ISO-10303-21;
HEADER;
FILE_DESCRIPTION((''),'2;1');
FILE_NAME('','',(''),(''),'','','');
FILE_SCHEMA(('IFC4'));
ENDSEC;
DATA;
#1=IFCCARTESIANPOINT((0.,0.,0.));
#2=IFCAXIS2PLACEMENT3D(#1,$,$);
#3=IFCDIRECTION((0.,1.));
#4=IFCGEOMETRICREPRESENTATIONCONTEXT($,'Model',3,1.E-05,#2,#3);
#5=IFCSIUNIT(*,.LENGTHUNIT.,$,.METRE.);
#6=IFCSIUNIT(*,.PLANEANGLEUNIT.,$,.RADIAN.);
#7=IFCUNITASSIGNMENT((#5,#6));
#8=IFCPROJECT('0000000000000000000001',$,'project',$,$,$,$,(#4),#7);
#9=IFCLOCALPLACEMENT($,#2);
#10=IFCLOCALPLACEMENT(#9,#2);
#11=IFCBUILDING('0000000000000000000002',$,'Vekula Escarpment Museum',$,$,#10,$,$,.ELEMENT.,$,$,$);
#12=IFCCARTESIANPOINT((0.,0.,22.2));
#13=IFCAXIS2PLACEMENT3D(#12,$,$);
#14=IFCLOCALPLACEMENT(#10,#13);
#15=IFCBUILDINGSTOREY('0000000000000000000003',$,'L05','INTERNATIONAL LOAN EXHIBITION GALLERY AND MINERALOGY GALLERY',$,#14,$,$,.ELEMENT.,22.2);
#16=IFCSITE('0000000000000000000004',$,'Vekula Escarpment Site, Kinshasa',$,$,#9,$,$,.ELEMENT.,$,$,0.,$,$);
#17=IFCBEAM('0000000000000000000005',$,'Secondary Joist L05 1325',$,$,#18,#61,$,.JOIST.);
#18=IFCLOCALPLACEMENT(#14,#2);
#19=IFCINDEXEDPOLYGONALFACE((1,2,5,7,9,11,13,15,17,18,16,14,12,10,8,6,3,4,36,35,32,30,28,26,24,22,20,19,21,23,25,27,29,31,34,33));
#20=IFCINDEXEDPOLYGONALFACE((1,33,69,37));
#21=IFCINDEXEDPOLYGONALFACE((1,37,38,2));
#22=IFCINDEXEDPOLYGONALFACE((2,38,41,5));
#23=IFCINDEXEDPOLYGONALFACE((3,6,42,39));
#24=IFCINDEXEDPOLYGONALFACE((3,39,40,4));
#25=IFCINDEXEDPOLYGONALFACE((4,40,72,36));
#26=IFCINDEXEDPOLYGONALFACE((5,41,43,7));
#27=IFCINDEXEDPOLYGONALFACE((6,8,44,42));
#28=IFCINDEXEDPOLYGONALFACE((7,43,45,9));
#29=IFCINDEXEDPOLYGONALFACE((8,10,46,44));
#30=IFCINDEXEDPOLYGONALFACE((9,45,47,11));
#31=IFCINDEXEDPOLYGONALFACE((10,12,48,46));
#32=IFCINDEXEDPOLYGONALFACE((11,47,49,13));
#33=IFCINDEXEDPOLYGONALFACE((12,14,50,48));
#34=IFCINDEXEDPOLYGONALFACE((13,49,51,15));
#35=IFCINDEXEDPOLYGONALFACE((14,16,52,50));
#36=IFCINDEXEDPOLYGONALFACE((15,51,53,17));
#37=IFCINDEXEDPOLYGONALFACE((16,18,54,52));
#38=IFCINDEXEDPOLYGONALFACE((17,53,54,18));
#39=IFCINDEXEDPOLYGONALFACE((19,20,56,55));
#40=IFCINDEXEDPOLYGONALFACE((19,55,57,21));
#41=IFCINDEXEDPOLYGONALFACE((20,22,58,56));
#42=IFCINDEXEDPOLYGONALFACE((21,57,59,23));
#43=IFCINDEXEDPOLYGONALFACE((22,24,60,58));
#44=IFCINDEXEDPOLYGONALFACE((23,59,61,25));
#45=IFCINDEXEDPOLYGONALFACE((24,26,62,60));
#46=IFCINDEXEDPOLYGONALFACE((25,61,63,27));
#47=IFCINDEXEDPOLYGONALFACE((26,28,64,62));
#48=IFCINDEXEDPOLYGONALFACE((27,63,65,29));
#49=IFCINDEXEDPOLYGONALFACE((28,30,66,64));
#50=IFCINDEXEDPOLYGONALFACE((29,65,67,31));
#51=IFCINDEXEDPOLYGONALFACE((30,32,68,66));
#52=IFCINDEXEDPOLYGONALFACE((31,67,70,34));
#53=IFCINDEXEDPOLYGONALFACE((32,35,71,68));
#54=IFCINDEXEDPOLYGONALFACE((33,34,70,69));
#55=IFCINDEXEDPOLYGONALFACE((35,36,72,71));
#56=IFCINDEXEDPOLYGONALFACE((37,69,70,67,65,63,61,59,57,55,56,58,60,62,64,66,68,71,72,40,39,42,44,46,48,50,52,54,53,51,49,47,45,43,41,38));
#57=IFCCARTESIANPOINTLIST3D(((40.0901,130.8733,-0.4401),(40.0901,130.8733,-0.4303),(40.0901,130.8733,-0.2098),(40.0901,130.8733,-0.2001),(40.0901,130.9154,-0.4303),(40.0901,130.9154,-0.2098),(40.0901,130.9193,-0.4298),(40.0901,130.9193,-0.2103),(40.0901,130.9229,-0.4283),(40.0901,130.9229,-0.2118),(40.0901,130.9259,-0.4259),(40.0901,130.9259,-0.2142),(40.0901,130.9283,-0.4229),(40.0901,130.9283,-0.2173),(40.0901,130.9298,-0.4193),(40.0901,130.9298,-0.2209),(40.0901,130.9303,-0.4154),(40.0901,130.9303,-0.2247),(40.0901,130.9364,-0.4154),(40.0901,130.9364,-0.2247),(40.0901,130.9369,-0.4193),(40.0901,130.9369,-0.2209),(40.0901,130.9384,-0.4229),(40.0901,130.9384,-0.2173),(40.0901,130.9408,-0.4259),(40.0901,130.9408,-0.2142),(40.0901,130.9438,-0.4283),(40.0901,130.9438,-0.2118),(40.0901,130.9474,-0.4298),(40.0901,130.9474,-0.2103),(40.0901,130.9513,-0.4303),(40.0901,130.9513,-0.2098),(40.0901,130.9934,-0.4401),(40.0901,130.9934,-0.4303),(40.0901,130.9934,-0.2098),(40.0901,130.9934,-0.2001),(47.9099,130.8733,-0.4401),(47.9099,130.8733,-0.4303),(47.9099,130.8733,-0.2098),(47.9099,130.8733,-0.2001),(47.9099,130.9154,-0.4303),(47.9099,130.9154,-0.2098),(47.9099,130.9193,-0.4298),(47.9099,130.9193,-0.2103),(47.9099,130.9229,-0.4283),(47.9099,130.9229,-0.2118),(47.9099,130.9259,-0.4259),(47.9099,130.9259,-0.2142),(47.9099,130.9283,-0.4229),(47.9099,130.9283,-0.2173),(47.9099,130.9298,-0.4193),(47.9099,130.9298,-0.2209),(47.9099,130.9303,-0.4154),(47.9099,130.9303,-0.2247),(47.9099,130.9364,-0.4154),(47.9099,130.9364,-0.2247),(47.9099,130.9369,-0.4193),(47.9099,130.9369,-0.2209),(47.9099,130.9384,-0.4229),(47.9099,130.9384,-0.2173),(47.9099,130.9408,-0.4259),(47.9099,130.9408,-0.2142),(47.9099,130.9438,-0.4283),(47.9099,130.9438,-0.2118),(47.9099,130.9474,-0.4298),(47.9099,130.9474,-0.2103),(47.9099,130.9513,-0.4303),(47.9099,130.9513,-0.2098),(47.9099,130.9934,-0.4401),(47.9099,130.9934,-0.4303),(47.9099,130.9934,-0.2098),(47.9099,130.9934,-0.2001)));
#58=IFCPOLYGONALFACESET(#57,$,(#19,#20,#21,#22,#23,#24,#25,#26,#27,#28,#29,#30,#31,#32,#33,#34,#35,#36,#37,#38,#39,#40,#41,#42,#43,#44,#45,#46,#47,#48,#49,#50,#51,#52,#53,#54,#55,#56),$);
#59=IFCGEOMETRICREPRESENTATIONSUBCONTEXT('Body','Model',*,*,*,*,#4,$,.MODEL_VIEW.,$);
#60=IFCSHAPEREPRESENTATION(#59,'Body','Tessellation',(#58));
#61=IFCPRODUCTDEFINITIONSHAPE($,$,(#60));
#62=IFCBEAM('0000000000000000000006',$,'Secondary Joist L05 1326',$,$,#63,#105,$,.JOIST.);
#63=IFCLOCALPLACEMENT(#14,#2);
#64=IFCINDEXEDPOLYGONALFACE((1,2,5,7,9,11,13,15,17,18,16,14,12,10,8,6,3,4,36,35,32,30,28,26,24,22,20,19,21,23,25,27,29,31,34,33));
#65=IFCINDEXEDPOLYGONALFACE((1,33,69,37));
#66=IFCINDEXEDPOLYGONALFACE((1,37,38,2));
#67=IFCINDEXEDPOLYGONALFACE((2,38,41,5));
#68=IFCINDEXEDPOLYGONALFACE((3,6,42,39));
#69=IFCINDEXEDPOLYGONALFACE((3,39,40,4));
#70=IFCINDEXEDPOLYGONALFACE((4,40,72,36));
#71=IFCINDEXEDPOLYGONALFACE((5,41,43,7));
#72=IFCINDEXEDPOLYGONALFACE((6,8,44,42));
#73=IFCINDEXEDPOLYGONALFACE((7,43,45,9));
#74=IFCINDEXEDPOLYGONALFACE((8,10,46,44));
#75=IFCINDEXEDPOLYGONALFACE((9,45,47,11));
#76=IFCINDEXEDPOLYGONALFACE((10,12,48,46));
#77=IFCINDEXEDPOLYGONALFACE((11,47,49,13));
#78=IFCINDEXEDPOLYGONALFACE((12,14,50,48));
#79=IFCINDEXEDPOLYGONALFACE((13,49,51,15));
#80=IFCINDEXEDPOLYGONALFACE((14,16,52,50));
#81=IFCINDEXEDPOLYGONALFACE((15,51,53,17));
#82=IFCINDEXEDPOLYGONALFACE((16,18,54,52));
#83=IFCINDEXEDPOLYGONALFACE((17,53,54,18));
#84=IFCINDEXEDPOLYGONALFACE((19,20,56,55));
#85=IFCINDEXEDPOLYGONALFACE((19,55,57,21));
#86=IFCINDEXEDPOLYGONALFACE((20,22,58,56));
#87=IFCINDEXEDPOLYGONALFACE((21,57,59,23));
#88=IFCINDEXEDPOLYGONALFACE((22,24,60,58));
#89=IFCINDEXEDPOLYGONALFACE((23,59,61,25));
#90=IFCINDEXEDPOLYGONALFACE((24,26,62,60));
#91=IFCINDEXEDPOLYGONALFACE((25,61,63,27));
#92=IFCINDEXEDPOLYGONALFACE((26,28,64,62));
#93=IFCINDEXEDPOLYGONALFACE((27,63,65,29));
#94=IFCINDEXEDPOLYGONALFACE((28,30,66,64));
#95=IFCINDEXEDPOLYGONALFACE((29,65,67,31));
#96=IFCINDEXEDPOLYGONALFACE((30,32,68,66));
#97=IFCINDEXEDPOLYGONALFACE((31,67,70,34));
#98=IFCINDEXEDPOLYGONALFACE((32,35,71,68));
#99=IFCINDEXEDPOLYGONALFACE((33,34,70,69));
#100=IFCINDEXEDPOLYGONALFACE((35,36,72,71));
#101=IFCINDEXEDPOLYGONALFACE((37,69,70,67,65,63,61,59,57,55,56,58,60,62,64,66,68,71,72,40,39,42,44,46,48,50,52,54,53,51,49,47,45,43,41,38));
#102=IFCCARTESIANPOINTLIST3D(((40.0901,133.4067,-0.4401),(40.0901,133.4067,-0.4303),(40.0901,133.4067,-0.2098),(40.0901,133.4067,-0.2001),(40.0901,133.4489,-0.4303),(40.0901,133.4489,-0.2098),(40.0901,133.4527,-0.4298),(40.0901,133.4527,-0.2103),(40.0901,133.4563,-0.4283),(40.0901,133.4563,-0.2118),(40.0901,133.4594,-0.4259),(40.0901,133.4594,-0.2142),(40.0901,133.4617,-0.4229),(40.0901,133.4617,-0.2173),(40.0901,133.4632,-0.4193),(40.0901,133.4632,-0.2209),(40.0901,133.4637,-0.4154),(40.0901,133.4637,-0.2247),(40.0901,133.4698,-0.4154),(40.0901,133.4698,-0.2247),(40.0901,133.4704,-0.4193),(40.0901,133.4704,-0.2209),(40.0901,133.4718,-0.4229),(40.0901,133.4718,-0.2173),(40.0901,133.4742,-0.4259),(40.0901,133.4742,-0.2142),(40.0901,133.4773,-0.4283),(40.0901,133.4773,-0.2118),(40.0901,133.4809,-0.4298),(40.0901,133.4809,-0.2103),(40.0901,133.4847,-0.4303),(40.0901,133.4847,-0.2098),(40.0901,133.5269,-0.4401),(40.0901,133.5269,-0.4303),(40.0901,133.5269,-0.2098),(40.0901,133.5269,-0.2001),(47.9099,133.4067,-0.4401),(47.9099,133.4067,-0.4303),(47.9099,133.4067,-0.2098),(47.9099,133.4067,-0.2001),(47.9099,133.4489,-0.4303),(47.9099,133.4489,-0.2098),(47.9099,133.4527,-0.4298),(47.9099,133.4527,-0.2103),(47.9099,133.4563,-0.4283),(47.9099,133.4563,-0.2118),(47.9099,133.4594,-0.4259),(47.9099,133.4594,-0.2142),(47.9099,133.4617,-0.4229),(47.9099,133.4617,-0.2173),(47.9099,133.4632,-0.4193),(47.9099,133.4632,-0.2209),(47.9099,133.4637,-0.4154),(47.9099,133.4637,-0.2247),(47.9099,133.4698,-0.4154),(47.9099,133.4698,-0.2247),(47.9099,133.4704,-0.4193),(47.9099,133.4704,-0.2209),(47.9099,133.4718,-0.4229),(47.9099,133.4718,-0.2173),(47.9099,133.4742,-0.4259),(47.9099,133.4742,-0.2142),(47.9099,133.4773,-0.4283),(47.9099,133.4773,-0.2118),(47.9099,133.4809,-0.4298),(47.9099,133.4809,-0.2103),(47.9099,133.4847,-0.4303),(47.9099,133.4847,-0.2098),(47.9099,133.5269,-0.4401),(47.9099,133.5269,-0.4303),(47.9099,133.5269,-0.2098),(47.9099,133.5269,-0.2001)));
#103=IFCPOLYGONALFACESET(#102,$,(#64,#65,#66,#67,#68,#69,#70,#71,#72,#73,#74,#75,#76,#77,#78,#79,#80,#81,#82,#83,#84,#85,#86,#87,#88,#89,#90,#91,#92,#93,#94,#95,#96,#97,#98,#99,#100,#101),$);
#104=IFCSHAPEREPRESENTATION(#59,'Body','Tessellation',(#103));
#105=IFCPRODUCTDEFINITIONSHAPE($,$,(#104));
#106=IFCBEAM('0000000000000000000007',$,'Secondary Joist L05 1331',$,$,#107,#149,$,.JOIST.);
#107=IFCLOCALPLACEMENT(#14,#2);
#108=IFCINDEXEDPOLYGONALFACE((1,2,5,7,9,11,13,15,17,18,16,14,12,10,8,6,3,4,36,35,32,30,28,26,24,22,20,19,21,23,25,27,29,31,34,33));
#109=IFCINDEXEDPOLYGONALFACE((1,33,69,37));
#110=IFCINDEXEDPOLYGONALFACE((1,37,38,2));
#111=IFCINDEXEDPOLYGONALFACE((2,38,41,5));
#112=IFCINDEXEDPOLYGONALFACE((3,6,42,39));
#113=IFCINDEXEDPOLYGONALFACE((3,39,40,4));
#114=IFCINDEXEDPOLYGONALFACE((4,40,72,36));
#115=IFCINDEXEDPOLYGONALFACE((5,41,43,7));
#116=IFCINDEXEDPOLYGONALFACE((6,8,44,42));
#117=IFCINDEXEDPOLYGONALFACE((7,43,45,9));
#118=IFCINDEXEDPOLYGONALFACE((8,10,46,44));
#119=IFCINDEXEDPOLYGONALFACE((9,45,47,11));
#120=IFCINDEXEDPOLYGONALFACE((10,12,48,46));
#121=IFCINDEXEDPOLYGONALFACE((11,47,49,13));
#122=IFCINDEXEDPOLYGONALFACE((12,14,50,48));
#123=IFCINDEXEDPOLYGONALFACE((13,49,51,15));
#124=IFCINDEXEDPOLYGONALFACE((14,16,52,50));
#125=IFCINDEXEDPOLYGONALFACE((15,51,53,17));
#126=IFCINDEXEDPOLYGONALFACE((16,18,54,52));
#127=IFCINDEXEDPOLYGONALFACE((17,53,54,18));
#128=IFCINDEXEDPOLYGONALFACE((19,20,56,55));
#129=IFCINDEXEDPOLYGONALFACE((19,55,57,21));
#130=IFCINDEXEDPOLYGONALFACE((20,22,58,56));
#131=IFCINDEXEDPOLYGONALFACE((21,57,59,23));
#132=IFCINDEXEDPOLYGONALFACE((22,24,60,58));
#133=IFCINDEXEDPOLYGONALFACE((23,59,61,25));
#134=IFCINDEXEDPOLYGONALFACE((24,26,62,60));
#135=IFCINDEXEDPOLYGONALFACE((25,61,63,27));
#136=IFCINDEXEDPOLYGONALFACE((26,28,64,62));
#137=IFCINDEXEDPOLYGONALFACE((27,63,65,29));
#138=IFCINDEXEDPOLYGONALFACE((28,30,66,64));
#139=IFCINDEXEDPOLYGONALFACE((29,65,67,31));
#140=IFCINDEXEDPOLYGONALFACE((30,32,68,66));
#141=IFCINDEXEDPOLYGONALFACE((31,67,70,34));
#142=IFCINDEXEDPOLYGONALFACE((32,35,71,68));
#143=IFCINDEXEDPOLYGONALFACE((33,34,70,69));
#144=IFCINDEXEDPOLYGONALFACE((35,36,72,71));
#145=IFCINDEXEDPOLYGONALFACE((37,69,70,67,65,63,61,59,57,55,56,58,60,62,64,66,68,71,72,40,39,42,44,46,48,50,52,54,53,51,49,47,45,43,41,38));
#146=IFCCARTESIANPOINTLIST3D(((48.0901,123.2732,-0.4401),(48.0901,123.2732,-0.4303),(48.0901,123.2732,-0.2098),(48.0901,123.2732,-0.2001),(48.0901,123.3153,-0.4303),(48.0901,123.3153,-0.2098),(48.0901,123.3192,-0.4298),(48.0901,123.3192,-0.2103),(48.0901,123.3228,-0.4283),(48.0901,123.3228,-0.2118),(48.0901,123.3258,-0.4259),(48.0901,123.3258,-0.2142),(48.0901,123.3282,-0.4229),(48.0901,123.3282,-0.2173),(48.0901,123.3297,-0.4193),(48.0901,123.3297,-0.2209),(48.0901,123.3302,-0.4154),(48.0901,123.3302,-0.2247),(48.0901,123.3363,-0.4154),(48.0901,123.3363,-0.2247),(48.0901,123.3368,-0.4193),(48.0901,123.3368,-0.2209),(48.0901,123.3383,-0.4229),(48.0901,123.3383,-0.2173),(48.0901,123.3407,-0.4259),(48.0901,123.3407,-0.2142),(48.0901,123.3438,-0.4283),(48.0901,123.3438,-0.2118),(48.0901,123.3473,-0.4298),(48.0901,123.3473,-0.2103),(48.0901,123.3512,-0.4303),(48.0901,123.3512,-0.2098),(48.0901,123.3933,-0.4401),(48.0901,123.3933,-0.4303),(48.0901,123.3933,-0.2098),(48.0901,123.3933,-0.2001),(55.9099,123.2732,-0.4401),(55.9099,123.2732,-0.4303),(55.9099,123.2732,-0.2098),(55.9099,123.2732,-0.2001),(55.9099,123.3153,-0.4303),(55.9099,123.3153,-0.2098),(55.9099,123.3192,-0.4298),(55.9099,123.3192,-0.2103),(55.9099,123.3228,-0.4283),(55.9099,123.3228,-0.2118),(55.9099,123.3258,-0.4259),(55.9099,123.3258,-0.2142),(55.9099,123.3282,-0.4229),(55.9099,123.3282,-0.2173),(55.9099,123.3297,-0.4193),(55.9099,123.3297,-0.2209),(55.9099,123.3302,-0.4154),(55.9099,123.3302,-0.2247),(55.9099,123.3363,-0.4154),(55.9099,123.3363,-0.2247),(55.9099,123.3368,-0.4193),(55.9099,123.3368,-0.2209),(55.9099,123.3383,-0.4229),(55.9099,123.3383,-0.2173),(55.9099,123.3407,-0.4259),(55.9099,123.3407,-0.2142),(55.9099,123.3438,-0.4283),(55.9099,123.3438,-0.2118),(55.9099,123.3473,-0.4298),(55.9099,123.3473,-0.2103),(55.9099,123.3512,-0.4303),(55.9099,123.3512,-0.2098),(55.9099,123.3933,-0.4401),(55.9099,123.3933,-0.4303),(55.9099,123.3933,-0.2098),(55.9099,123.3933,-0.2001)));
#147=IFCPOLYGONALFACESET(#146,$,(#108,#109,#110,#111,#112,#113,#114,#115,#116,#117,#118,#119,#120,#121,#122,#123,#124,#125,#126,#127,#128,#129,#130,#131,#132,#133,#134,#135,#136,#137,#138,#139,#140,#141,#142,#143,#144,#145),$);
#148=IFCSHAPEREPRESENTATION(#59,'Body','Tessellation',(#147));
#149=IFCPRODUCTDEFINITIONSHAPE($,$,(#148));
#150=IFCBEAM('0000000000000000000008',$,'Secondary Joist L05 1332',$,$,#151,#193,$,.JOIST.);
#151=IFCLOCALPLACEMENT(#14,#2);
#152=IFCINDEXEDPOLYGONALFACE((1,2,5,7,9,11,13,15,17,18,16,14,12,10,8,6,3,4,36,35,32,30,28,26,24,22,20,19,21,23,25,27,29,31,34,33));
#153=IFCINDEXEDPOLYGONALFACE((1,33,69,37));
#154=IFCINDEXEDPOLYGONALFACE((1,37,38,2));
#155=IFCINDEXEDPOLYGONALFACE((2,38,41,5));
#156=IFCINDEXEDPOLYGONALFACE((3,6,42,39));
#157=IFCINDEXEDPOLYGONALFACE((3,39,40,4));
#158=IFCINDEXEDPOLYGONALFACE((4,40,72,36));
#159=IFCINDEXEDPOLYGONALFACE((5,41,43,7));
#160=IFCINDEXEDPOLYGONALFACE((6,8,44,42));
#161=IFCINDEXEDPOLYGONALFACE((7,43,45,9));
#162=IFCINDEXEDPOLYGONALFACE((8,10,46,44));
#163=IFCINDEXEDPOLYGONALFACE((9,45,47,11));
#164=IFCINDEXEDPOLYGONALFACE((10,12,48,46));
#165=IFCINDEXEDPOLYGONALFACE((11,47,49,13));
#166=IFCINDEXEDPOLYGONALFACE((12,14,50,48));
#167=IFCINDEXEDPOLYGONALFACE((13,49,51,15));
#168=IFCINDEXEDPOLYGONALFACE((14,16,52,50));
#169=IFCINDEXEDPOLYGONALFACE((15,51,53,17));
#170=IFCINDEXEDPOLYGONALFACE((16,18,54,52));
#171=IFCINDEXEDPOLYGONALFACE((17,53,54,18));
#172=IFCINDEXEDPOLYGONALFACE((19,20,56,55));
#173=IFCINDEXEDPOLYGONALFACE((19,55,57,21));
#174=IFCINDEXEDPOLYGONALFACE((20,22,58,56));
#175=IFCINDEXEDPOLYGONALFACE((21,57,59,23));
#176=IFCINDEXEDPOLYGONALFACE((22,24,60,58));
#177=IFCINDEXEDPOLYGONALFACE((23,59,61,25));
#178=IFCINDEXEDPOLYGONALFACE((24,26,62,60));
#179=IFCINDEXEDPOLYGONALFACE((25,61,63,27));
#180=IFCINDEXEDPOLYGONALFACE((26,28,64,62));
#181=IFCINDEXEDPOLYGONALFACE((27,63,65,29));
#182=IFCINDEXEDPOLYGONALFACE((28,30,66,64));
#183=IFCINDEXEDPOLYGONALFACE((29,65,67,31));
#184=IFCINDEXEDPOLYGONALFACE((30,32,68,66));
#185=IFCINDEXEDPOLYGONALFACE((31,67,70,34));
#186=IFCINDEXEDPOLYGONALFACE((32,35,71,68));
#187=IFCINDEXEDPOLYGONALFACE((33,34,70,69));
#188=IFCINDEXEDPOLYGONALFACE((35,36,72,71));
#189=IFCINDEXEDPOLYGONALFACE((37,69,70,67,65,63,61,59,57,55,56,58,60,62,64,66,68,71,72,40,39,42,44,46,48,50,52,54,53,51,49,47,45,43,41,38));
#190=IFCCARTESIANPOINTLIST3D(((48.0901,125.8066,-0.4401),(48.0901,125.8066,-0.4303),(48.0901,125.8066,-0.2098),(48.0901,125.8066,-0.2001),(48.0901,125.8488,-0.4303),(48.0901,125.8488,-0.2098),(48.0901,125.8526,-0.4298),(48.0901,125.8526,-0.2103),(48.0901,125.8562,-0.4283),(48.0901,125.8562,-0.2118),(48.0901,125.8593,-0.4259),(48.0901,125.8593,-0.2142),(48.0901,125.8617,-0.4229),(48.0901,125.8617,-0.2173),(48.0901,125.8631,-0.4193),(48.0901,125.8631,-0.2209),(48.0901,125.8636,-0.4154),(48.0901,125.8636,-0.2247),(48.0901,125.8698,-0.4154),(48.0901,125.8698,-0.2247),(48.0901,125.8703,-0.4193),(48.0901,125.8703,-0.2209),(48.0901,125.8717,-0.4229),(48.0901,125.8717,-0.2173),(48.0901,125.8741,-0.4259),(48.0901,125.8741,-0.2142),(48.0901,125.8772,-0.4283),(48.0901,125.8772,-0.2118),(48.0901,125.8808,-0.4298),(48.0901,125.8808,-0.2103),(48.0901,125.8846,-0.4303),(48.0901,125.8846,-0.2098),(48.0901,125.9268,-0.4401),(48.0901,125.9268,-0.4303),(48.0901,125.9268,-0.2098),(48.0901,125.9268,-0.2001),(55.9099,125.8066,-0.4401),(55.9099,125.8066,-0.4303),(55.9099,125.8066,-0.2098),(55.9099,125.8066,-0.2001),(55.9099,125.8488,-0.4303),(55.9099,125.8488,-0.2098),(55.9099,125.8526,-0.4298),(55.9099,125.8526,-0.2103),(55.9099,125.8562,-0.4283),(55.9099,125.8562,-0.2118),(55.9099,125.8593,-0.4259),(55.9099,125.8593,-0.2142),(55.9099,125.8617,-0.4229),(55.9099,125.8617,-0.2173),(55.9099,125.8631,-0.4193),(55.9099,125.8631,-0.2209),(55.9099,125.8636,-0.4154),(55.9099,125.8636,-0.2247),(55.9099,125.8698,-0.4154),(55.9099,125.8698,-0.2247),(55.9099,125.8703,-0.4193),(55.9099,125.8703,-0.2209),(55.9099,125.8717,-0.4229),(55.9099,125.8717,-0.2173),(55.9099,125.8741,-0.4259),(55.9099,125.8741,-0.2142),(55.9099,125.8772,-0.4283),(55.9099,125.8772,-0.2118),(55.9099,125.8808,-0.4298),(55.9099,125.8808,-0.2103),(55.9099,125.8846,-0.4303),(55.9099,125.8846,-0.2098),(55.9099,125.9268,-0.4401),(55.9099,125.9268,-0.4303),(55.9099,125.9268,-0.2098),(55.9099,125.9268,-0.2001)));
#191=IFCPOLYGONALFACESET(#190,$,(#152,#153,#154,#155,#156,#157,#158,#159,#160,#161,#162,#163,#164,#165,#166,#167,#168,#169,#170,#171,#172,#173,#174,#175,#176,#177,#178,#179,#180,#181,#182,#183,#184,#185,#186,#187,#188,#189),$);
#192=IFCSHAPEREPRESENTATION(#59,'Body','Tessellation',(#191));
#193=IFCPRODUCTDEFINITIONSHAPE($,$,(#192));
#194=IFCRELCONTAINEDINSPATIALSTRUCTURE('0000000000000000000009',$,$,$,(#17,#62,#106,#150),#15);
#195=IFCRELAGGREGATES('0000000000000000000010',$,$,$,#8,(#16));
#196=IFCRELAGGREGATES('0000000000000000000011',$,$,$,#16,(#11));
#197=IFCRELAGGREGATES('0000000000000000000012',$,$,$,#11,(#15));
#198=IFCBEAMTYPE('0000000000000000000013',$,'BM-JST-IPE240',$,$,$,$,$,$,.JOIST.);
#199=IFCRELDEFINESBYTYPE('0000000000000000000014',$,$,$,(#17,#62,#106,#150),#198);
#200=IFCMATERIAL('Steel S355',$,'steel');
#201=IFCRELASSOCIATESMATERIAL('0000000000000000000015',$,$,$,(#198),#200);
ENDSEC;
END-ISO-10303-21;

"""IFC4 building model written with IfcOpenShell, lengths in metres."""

from ifc_helpers import new_model, si_unit, direction, frame, origin, origin_2d, place, context, subcontext, project, spatial, i_section, extrude, material, material_profile, profile_set, type_object, element, save


model = new_model("IFC4")

# Units and contexts
model_context = context("Model", 3, precision=1e-05, world=origin(), true_north=direction((0.0, 1.0)))
body_context = subcontext(model_context, "Body", "Model", "MODEL_VIEW")
ifc_project = project(units=[si_unit("LENGTHUNIT", "METRE"), si_unit("PLANEANGLEUNIT", "RADIAN")], contexts=[model_context])

# Site, building, storey
site_placement = place(None, origin())
site = spatial("IfcSite", under=ifc_project, at=site_placement, Name="Vekula Escarpment Site, Kinshasa", CompositionType="ELEMENT", RefElevation=0.0)
building_placement = place(site_placement, origin())
building = spatial("IfcBuilding", under=site, at=building_placement, Name="Vekula Escarpment Museum", CompositionType="ELEMENT")
storey_placement = place(building_placement, frame((0.0, 0.0, 22.2)))
storey = spatial("IfcBuildingStorey", under=building, at=storey_placement, Name="L05", Description="INTERNATIONAL LOAN EXHIBITION GALLERY AND MINERALOGY GALLERY", CompositionType="ELEMENT", Elevation=22.2)

# Beams
ifc_material_1 = material(Name="Steel S355", Category="steel")
ifc_material_profile_1 = material_profile(ifc_material_1, i_section(OverallWidth=0.1201, OverallDepth=0.24, WebThickness=0.0061, FlangeThickness=0.0098, FilletRadius=0.0149, at=origin_2d()), Name="IPE 240")
ifc_profile_set_1 = profile_set([ifc_material_profile_1], Name="Steel S355")
beam_type_1 = type_object("IfcBeamType", Name="BM-JST-IPE240", PredefinedType="JOIST", material=ifc_profile_set_1)
for number, where, z_axis, x_axis, name in (
    (1, (40.0901, 130.9333, -0.3201), (1.0, 0.0, 0.0), (0.0, 1.0, 0.0), "Secondary Joist L05 1325"),
    (2, (40.0901, 133.4668, -0.3201), (1.0, 0.0, 0.0), (0.0, 1.0, 0.0), "Secondary Joist L05 1326"),
    (3, (48.0901, 123.3333, -0.3201), (1.0, 0.0, 0.0), (0.0, 1.0, 0.0), "Secondary Joist L05 1331"),
    (4, (48.0901, 125.8667, -0.3201), (1.0, 0.0, 0.0), (0.0, 1.0, 0.0), "Secondary Joist L05 1332"),
):
    element("IfcBeam", number, at=place(storey_placement, frame(where, z_axis=z_axis, x_axis=x_axis)), inside=storey, type_object=beam_type_1, Name=name, PredefinedType="JOIST", context=body_context, shape_type="SweptSolid", body=[
        extrude(i_section(OverallWidth=0.1201, OverallDepth=0.24, WebThickness=0.0061, FlangeThickness=0.0098, FilletRadius=0.0149, at=origin_2d()), origin(), (0.0, 0.0, 1.0), 7.8198),
    ])

save(model, "model.ifc")
